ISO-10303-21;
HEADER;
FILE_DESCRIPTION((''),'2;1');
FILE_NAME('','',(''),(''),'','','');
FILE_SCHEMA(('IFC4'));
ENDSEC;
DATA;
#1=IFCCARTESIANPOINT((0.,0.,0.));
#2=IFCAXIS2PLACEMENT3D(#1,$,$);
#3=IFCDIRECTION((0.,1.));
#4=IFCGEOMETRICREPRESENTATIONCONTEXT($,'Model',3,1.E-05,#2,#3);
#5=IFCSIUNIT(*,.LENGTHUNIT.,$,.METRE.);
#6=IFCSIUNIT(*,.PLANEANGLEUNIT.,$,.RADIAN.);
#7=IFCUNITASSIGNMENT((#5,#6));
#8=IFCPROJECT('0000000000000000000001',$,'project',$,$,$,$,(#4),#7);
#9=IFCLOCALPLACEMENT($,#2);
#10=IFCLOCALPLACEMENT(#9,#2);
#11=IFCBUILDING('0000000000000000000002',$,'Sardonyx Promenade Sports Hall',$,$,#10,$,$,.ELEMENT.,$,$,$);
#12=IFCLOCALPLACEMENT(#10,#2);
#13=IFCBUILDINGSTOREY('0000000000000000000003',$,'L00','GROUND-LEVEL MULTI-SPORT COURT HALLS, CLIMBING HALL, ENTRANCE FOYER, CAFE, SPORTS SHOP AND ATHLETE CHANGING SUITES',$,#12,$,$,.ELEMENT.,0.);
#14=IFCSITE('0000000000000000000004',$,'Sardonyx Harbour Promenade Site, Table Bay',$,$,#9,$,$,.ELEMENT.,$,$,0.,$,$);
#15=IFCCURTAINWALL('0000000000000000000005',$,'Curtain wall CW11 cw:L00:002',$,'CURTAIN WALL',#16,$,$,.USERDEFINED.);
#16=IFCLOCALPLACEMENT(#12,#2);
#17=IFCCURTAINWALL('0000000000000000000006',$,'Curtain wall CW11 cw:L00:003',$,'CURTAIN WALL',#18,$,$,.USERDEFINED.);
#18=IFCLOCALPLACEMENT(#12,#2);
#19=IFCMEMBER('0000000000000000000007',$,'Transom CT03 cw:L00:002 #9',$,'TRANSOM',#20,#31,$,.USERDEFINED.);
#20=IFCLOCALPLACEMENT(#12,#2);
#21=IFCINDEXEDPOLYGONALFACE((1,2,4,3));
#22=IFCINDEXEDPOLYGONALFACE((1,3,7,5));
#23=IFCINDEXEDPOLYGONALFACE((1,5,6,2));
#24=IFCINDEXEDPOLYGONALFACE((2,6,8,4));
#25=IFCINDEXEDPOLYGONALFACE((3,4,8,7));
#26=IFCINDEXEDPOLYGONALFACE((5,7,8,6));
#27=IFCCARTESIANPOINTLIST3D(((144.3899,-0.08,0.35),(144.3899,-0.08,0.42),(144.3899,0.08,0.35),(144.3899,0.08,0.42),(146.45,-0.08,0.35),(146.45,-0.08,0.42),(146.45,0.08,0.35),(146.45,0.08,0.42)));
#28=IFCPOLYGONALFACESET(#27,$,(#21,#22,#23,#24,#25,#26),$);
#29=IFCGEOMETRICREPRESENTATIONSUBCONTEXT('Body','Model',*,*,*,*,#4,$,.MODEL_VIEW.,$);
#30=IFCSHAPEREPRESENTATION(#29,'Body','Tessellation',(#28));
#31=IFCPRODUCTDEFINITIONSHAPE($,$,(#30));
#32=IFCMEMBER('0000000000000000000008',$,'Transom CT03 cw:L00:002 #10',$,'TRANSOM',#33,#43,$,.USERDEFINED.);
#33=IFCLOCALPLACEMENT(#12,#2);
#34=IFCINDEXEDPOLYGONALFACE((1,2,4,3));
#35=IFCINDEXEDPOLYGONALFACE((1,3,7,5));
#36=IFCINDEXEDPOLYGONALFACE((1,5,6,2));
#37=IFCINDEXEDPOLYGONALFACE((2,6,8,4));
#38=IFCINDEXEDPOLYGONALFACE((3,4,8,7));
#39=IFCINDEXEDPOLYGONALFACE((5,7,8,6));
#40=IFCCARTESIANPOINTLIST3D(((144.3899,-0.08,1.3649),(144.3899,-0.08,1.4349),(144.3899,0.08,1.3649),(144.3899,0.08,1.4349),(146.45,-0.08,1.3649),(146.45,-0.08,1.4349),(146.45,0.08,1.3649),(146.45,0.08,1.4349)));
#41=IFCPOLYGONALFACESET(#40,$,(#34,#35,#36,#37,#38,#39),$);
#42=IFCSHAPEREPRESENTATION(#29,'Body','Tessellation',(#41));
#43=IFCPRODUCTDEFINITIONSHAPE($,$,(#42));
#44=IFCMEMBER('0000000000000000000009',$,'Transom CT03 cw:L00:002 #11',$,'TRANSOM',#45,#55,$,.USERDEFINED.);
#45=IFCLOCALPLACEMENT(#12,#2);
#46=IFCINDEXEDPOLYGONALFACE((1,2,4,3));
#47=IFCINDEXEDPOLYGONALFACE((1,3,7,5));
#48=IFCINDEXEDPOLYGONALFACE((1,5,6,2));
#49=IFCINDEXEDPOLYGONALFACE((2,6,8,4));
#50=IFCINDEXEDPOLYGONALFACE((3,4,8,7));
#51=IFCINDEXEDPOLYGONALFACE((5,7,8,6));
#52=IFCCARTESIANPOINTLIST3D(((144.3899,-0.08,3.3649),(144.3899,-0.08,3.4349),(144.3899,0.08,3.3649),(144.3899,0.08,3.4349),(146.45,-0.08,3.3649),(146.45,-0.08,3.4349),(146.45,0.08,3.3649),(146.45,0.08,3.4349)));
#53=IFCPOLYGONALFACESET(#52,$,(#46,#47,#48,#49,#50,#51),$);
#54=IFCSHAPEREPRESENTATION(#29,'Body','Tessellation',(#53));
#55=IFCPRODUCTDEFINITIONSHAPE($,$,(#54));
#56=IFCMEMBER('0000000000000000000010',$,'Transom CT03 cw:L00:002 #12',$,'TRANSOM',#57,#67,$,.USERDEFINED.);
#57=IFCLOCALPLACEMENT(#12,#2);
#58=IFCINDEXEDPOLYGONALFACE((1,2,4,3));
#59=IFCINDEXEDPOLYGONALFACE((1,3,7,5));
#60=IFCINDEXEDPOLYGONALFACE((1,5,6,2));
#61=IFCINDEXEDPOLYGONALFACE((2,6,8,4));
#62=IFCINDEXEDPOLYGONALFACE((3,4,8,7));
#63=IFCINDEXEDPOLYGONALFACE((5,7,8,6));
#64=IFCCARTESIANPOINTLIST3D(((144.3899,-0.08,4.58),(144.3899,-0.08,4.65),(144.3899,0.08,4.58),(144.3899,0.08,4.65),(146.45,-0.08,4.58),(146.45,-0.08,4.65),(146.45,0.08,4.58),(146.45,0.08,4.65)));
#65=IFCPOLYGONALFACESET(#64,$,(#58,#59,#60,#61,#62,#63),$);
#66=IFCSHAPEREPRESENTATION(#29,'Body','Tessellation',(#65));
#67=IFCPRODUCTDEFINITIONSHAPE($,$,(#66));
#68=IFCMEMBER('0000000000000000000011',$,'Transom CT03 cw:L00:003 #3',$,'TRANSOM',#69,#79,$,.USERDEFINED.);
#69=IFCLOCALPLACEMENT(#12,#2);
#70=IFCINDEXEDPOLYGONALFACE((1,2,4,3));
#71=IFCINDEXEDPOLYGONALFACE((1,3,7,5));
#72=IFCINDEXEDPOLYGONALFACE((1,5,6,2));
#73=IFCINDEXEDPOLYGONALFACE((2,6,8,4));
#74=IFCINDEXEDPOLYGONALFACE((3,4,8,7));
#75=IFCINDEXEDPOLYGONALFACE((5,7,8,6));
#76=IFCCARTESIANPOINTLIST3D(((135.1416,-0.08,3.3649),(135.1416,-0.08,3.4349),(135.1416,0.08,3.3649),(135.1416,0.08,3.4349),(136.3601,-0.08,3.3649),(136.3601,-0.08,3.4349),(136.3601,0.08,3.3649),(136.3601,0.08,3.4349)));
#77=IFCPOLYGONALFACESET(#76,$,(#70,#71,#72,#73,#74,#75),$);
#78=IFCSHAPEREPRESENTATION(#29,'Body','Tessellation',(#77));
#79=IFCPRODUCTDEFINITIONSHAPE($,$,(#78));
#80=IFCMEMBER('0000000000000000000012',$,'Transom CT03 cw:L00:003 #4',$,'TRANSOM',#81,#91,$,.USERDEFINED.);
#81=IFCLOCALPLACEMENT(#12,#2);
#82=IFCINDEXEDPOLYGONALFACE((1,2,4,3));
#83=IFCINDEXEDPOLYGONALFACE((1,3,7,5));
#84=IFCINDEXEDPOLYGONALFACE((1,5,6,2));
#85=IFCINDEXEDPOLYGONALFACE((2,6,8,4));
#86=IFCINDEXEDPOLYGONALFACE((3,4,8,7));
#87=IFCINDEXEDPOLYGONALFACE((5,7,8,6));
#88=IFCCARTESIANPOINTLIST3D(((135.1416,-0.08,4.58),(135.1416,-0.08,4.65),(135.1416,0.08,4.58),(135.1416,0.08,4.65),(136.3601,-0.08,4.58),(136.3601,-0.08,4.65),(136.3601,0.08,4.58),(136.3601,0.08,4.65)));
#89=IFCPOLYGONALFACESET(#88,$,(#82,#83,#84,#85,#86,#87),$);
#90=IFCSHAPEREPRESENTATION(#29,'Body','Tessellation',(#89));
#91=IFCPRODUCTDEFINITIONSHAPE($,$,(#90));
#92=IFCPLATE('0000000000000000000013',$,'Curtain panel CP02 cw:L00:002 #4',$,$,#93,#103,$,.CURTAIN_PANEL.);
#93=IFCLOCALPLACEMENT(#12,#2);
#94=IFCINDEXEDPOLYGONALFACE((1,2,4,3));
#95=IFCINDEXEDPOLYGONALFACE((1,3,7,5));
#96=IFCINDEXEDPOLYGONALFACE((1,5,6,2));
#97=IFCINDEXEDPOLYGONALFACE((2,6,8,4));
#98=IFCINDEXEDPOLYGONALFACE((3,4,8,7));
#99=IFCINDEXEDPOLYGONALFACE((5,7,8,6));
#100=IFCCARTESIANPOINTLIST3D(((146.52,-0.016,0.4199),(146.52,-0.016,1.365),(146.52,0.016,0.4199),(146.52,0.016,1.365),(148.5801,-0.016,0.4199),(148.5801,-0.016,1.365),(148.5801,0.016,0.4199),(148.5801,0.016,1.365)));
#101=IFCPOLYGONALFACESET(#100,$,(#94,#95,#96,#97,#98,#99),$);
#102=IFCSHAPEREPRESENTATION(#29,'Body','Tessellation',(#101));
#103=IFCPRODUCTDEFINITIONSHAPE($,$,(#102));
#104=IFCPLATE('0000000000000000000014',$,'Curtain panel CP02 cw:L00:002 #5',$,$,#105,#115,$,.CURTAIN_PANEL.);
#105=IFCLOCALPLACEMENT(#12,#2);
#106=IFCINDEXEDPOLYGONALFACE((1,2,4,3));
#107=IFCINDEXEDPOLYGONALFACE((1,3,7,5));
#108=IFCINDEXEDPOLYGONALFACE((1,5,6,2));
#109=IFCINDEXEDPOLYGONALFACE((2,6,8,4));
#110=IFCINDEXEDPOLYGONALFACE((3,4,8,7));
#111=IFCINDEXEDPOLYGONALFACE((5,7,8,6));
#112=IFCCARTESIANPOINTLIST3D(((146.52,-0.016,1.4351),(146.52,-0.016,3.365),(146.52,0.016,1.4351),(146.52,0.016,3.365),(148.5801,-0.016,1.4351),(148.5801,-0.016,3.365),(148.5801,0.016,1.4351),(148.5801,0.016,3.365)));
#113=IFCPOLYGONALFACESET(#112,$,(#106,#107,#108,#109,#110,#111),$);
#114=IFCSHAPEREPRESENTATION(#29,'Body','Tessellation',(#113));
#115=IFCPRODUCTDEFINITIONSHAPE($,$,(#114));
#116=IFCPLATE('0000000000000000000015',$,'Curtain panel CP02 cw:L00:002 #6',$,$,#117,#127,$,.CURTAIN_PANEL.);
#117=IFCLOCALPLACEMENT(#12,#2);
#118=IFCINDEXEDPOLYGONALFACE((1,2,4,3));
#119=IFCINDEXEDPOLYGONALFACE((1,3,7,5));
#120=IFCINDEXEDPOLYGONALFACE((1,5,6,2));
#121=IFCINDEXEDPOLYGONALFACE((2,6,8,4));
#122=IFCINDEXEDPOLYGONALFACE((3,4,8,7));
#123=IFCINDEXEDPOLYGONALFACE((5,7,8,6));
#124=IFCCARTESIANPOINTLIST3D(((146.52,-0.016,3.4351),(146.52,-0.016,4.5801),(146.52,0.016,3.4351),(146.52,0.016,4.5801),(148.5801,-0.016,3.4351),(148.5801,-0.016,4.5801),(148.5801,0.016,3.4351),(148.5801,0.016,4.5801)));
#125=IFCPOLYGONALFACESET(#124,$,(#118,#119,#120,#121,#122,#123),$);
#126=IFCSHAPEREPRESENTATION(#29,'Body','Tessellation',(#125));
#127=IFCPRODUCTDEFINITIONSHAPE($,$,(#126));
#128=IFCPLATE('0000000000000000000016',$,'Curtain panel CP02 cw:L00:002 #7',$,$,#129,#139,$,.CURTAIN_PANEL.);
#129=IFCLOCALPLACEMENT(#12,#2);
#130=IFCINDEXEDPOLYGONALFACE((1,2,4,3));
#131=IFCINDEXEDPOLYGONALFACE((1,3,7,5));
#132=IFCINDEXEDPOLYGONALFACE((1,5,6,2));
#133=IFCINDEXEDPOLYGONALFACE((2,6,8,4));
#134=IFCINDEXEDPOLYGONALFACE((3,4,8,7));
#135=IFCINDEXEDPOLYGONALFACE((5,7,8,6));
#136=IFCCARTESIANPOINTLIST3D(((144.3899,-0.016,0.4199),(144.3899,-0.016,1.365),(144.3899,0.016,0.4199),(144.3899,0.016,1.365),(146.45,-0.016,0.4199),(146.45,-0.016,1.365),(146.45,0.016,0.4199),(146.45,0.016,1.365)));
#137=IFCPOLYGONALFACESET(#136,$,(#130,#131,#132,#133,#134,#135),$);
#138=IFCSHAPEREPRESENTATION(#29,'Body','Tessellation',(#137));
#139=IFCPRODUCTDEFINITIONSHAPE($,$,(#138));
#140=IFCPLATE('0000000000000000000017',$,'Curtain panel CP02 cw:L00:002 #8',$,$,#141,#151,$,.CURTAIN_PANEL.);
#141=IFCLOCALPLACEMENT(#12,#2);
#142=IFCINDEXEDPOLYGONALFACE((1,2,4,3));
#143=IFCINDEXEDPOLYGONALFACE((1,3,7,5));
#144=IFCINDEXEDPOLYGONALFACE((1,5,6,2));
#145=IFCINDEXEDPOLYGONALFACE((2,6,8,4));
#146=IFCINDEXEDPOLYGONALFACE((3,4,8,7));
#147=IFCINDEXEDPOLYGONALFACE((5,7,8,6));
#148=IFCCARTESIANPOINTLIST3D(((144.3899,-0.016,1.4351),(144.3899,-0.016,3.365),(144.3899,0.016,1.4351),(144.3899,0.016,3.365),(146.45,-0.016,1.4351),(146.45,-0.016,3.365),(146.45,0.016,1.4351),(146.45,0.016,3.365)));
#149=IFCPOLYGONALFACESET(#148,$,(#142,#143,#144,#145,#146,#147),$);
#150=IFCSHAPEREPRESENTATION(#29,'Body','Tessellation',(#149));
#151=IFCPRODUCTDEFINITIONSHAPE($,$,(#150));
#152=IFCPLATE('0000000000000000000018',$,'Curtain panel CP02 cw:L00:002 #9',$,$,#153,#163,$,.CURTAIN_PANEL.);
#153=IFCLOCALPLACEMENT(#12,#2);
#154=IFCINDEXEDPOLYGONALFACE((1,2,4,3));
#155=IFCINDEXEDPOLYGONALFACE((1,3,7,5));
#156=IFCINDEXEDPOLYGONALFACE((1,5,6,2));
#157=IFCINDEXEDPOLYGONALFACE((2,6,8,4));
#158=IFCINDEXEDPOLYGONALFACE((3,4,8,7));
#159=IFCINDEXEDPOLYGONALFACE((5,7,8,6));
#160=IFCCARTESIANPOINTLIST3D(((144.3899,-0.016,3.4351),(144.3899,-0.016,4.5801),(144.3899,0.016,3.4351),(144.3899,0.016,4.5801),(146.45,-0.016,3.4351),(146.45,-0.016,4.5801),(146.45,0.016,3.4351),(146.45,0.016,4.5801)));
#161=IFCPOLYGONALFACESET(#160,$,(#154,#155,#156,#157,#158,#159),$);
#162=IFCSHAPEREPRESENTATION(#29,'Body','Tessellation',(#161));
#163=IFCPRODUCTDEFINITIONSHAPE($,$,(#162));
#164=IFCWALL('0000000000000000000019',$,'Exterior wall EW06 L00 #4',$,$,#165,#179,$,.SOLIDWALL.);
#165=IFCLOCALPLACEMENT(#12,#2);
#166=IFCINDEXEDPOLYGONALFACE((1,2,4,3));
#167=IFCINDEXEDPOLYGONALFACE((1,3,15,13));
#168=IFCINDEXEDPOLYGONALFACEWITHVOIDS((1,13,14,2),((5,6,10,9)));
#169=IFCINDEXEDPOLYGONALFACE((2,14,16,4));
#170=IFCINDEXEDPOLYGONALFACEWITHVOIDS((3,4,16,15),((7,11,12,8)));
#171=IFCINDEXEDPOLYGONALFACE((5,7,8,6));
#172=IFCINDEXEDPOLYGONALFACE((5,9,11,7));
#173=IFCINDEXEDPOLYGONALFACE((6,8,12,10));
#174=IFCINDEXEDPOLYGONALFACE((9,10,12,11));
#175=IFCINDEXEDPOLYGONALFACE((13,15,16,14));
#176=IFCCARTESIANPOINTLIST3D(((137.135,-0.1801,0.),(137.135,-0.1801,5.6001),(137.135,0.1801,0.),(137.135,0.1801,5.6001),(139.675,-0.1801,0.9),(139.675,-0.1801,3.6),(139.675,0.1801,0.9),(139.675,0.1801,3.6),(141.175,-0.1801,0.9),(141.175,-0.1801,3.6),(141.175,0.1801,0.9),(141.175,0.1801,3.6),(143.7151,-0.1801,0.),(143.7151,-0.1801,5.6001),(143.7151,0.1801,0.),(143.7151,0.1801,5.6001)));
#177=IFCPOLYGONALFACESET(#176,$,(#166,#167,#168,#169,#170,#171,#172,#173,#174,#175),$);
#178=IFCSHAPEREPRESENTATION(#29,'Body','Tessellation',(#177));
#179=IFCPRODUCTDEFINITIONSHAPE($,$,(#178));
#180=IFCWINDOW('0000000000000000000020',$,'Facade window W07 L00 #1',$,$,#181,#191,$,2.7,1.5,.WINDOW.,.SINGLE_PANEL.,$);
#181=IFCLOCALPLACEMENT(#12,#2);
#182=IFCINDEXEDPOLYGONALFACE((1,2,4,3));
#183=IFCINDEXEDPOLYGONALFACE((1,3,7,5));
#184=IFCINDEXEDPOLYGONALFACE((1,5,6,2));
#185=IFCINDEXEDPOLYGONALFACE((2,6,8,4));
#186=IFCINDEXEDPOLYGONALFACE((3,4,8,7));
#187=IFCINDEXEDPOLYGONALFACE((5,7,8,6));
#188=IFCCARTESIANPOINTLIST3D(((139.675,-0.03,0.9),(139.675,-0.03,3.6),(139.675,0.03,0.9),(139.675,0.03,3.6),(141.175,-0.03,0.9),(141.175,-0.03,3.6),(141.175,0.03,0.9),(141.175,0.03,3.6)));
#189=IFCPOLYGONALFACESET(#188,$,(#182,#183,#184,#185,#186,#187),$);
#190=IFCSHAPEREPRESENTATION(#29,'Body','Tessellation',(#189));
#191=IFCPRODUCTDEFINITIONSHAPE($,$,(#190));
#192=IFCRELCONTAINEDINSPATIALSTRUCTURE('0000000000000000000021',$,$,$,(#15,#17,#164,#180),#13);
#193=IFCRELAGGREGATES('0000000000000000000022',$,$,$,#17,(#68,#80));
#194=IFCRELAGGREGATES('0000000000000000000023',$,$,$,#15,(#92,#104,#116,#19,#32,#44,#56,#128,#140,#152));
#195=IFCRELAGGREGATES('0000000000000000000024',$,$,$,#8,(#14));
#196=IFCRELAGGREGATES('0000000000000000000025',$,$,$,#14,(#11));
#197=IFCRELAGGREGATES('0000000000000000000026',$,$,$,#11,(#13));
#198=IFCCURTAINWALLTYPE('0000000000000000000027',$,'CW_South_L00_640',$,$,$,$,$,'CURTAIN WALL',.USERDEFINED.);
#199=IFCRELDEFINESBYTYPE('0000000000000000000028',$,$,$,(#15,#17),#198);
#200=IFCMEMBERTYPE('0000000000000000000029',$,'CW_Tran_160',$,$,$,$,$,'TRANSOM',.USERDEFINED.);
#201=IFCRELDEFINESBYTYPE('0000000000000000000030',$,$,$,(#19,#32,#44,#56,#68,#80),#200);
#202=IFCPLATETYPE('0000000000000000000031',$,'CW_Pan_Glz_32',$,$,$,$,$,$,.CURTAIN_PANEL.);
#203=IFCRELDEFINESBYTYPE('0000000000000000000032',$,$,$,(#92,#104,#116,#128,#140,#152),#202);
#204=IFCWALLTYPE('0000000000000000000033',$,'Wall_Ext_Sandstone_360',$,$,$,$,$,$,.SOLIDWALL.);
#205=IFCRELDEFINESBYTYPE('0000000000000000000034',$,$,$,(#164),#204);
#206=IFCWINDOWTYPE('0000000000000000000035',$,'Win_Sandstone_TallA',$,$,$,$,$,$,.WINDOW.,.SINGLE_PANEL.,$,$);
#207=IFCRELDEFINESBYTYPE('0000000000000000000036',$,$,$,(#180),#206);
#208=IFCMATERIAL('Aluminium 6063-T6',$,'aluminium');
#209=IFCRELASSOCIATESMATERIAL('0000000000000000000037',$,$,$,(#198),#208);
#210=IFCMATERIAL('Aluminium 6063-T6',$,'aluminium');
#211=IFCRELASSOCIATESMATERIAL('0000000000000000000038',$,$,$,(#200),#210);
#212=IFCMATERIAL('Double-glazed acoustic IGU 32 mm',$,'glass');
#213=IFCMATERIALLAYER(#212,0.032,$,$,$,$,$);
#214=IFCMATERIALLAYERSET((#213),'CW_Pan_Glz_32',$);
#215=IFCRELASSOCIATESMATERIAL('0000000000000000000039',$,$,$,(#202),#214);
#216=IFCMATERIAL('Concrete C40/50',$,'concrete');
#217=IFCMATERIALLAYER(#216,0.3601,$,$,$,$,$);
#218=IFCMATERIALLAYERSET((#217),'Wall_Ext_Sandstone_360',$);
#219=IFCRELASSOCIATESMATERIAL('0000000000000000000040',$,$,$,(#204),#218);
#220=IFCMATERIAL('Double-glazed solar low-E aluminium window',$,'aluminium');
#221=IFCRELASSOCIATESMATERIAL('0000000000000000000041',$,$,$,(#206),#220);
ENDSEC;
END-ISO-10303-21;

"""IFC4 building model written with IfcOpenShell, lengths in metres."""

from ifc_helpers import new_model, si_unit, direction, frame, frame_2d, origin, origin_2d, place, context, subcontext, project, spatial, rectangle, extrude, material, layer, layer_set, material_profile, profile_set, type_object, element, fill, aggregate, save


model = new_model("IFC4")

# Units and contexts
model_context = context("Model", 3, precision=1e-05, world=origin(), true_north=direction((0.0, 1.0)))
body_context = subcontext(model_context, "Body", "Model", "MODEL_VIEW")
ifc_project = project(units=[si_unit("LENGTHUNIT", "METRE"), si_unit("PLANEANGLEUNIT", "RADIAN")], contexts=[model_context])

# Site, building, storey
site_placement = place(None, origin())
site = spatial("IfcSite", under=ifc_project, at=site_placement, Name="Sardonyx Harbour Promenade Site, Table Bay", CompositionType="ELEMENT", RefElevation=0.0)
building_placement = place(site_placement, origin())
building = spatial("IfcBuilding", under=site, at=building_placement, Name="Sardonyx Promenade Sports Hall", CompositionType="ELEMENT")
storey_placement = place(building_placement, origin())
storey = spatial("IfcBuildingStorey", under=building, at=storey_placement, Name="L00", Description="GROUND-LEVEL MULTI-SPORT COURT HALLS, CLIMBING HALL, ENTRANCE FOYER, CAFE, SPORTS SHOP AND ATHLETE CHANGING SUITES", CompositionType="ELEMENT", Elevation=0.0)

# Curtain wall
ifc_material_1 = material(Name="Aluminium 6063-T6", Category="aluminium")
curtain_wall_type = type_object("IfcCurtainWallType", Name="CW_South_L00_640", ElementType="CURTAIN WALL", PredefinedType="USERDEFINED", material=ifc_material_1)
curtain_wall_1_placement = place(storey_placement, origin())
curtain_wall_1 = element("IfcCurtainWall", 1, at=curtain_wall_1_placement, inside=storey, type_object=curtain_wall_type, Name="Curtain wall CW11 cw:L00:002", ObjectType="CURTAIN WALL", PredefinedType="USERDEFINED")

# Curtain wall
curtain_wall_2_placement = place(storey_placement, origin())
curtain_wall_2 = element("IfcCurtainWall", 2, at=curtain_wall_2_placement, inside=storey, type_object=curtain_wall_type, Name="Curtain wall CW11 cw:L00:003", ObjectType="CURTAIN WALL", PredefinedType="USERDEFINED")

# Members
ifc_material_2 = material(Name="Aluminium 6063-T6", Category="aluminium")
ifc_material_profile_1 = material_profile(ifc_material_2, rectangle(XDim=0.0701, YDim=0.1599, at=origin_2d()))
ifc_profile_set_1 = profile_set([ifc_material_profile_1], Name="Aluminium 6063-T6")
member_type_1 = type_object("IfcMemberType", Name="CW_Tran_160", ElementType="TRANSOM", PredefinedType="USERDEFINED", material=ifc_profile_set_1)
member_1_placement = place(storey_placement, frame((146.45, 0.0, 0.385), z_axis=(-1.0, 0.0, 0.0), x_axis=(0.0, 0.0, 1.0)))
member_1 = element("IfcMember", 3, at=member_1_placement, type_object=member_type_1, Name="Transom CT03 cw:L00:002 #9", ObjectType="TRANSOM", PredefinedType="USERDEFINED", context=body_context, shape_type="SweptSolid", body=[
    extrude(rectangle(XDim=0.0701, YDim=0.1599, at=origin_2d()), origin(), (0.0, 0.0, 1.0), 2.0601),
])
member_2_placement = place(storey_placement, frame((146.45, 0.0, 1.3999), z_axis=(-1.0, 0.0, 0.0), x_axis=(0.0, 0.0, 1.0)))
member_2 = element("IfcMember", 4, at=member_2_placement, type_object=member_type_1, Name="Transom CT03 cw:L00:002 #10", ObjectType="TRANSOM", PredefinedType="USERDEFINED", context=body_context, shape_type="SweptSolid", body=[
    extrude(rectangle(XDim=0.0701, YDim=0.1599, at=origin_2d()), origin(), (0.0, 0.0, 1.0), 2.0601),
])
member_3_placement = place(storey_placement, frame((146.45, 0.0, 3.3999), z_axis=(-1.0, 0.0, 0.0), x_axis=(0.0, 0.0, 1.0)))
member_3 = element("IfcMember", 5, at=member_3_placement, type_object=member_type_1, Name="Transom CT03 cw:L00:002 #11", ObjectType="TRANSOM", PredefinedType="USERDEFINED", context=body_context, shape_type="SweptSolid", body=[
    extrude(rectangle(XDim=0.0701, YDim=0.1599, at=origin_2d()), origin(), (0.0, 0.0, 1.0), 2.0601),
])
member_4_placement = place(storey_placement, frame((146.45, 0.0, 4.615), z_axis=(-1.0, 0.0, 0.0), x_axis=(0.0, 0.0, 1.0)))
member_4 = element("IfcMember", 6, at=member_4_placement, type_object=member_type_1, Name="Transom CT03 cw:L00:002 #12", ObjectType="TRANSOM", PredefinedType="USERDEFINED", context=body_context, shape_type="SweptSolid", body=[
    extrude(rectangle(XDim=0.0701, YDim=0.1599, at=origin_2d()), origin(), (0.0, 0.0, 1.0), 2.0601),
])
member_5_placement = place(storey_placement, frame((136.3601, 0.0, 3.3999), z_axis=(-1.0, 0.0, 0.0), x_axis=(0.0, 0.0, 1.0)))
member_5 = element("IfcMember", 7, at=member_5_placement, type_object=member_type_1, Name="Transom CT03 cw:L00:003 #3", ObjectType="TRANSOM", PredefinedType="USERDEFINED", context=body_context, shape_type="SweptSolid", body=[
    extrude(rectangle(XDim=0.0701, YDim=0.1599, at=origin_2d()), origin(), (0.0, 0.0, 1.0), 1.2185),
])
member_6_placement = place(storey_placement, frame((136.3601, 0.0, 4.615), z_axis=(-1.0, 0.0, 0.0), x_axis=(0.0, 0.0, 1.0)))
member_6 = element("IfcMember", 8, at=member_6_placement, type_object=member_type_1, Name="Transom CT03 cw:L00:003 #4", ObjectType="TRANSOM", PredefinedType="USERDEFINED", context=body_context, shape_type="SweptSolid", body=[
    extrude(rectangle(XDim=0.0701, YDim=0.1599, at=origin_2d()), origin(), (0.0, 0.0, 1.0), 1.2185),
])
aggregate(curtain_wall_2, [member_5, member_6])

# Plates
ifc_material_3 = material(Name="Double-glazed acoustic IGU 32 mm", Category="glass")
ifc_layer_1 = layer(ifc_material_3, 0.032)
ifc_layer_set_1 = layer_set([ifc_layer_1], Name="CW_Pan_Glz_32")
plate_type = type_object("IfcPlateType", Name="CW_Pan_Glz_32", PredefinedType="CURTAIN_PANEL", material=ifc_layer_set_1)
plate_1_placement = place(storey_placement, frame((147.55, 0.0, 0.4199), z_axis=(0.0, 0.0, 1.0), x_axis=(-1.0, 0.0, 0.0)))
plate_1 = element("IfcPlate", 9, at=plate_1_placement, type_object=plate_type, Name="Curtain panel CP02 cw:L00:002 #4", PredefinedType="CURTAIN_PANEL", context=body_context, shape_type="SweptSolid", body=[
    extrude(rectangle(XDim=2.0601, YDim=0.032, at=origin_2d()), origin(), (0.0, 0.0, 1.0), 0.9451),
])
plate_2_placement = place(storey_placement, frame((147.55, 0.0, 1.4351), z_axis=(0.0, 0.0, 1.0), x_axis=(-1.0, 0.0, 0.0)))
plate_2 = element("IfcPlate", 10, at=plate_2_placement, type_object=plate_type, Name="Curtain panel CP02 cw:L00:002 #5", PredefinedType="CURTAIN_PANEL", context=body_context, shape_type="SweptSolid", body=[
    extrude(rectangle(XDim=2.0601, YDim=0.032, at=origin_2d()), origin(), (0.0, 0.0, 1.0), 1.9299),
])
plate_3_placement = place(storey_placement, frame((147.55, 0.0, 3.4351), z_axis=(0.0, 0.0, 1.0), x_axis=(-1.0, 0.0, 0.0)))
plate_3 = element("IfcPlate", 11, at=plate_3_placement, type_object=plate_type, Name="Curtain panel CP02 cw:L00:002 #6", PredefinedType="CURTAIN_PANEL", context=body_context, shape_type="SweptSolid", body=[
    extrude(rectangle(XDim=2.0601, YDim=0.032, at=origin_2d()), origin(), (0.0, 0.0, 1.0), 1.145),
])
plate_4_placement = place(storey_placement, frame((145.4199, 0.0, 0.4199), z_axis=(0.0, 0.0, 1.0), x_axis=(-1.0, 0.0, 0.0)))
plate_4 = element("IfcPlate", 12, at=plate_4_placement, type_object=plate_type, Name="Curtain panel CP02 cw:L00:002 #7", PredefinedType="CURTAIN_PANEL", context=body_context, shape_type="SweptSolid", body=[
    extrude(rectangle(XDim=2.0601, YDim=0.032, at=origin_2d()), origin(), (0.0, 0.0, 1.0), 0.9451),
])
plate_5_placement = place(storey_placement, frame((145.4199, 0.0, 1.4351), z_axis=(0.0, 0.0, 1.0), x_axis=(-1.0, 0.0, 0.0)))
plate_5 = element("IfcPlate", 13, at=plate_5_placement, type_object=plate_type, Name="Curtain panel CP02 cw:L00:002 #8", PredefinedType="CURTAIN_PANEL", context=body_context, shape_type="SweptSolid", body=[
    extrude(rectangle(XDim=2.0601, YDim=0.032, at=origin_2d()), origin(), (0.0, 0.0, 1.0), 1.9299),
])
plate_6_placement = place(storey_placement, frame((145.4199, 0.0, 3.4351), z_axis=(0.0, 0.0, 1.0), x_axis=(-1.0, 0.0, 0.0)))
plate_6 = element("IfcPlate", 14, at=plate_6_placement, type_object=plate_type, Name="Curtain panel CP02 cw:L00:002 #9", PredefinedType="CURTAIN_PANEL", context=body_context, shape_type="SweptSolid", body=[
    extrude(rectangle(XDim=2.0601, YDim=0.032, at=origin_2d()), origin(), (0.0, 0.0, 1.0), 1.145),
])
aggregate(curtain_wall_1, [plate_1, plate_2, plate_3, member_1, member_2, member_3, member_4, plate_4, plate_5, plate_6])

# Wall, opening, window
ifc_material_4 = material(Name="Concrete C40/50", Category="concrete")
ifc_layer_2 = layer(ifc_material_4, 0.3601)
ifc_layer_set_2 = layer_set([ifc_layer_2], Name="Wall_Ext_Sandstone_360")
wall_type_1 = type_object("IfcWallType", Name="Wall_Ext_Sandstone_360", PredefinedType="SOLIDWALL", material=ifc_layer_set_2)
wall_1_placement = place(storey_placement, frame((143.7151, 0.0, 0.0), z_axis=(0.0, 0.0, 1.0), x_axis=(-1.0, 0.0, 0.0)))
wall_1 = element("IfcWall", 15, at=wall_1_placement, inside=storey, type_object=wall_type_1, Name="Exterior wall EW06 L00 #4", PredefinedType="SOLIDWALL", context=body_context, shape_type="SweptSolid", body=[
    extrude(rectangle(XDim=6.5801, YDim=0.3601, at=frame_2d((3.29, 0.0))), origin(), (0.0, 0.0, 1.0), 5.6001),
])
opening_placement = place(wall_1_placement, frame((2.54, 0.0, 0.8999)))
opening = element("IfcOpeningElement", 16, at=opening_placement, cuts=wall_1, PredefinedType="OPENING", context=body_context, shape_type="SweptSolid", body=[
    extrude(rectangle(XDim=1.5, YDim=2.7, at=frame_2d((0.75, 1.3501))), frame((0.0, 0.19, 0.0), z_axis=(0.0, -1.0, 0.0), x_axis=(1.0, 0.0, 0.0)), (0.0, 0.0, 1.0), 0.38),
])
ifc_material_5 = material(Name="Double-glazed solar low-E aluminium window", Category="aluminium")
window_type = type_object("IfcWindowType", Name="Win_Sandstone_TallA", PartitioningType="SINGLE_PANEL", PredefinedType="WINDOW", material=ifc_material_5)
window_placement = place(opening_placement, origin())
window = element("IfcWindow", 17, at=window_placement, inside=storey, type_object=window_type, Name="Facade window W07 L00 #1", OverallHeight=2.7, OverallWidth=1.5, PartitioningType="SINGLE_PANEL", PredefinedType="WINDOW", context=body_context, shape_type="SweptSolid", body=[
    extrude(rectangle(XDim=1.5, YDim=2.7, at=frame_2d((0.75, 1.3501))), frame((0.0, 0.03, 0.0), z_axis=(0.0, -1.0, 0.0), x_axis=(1.0, 0.0, 0.0)), (0.0, 0.0, 1.0), 0.0601),
])
fill(opening, window)

save(model, "model.ifc")
